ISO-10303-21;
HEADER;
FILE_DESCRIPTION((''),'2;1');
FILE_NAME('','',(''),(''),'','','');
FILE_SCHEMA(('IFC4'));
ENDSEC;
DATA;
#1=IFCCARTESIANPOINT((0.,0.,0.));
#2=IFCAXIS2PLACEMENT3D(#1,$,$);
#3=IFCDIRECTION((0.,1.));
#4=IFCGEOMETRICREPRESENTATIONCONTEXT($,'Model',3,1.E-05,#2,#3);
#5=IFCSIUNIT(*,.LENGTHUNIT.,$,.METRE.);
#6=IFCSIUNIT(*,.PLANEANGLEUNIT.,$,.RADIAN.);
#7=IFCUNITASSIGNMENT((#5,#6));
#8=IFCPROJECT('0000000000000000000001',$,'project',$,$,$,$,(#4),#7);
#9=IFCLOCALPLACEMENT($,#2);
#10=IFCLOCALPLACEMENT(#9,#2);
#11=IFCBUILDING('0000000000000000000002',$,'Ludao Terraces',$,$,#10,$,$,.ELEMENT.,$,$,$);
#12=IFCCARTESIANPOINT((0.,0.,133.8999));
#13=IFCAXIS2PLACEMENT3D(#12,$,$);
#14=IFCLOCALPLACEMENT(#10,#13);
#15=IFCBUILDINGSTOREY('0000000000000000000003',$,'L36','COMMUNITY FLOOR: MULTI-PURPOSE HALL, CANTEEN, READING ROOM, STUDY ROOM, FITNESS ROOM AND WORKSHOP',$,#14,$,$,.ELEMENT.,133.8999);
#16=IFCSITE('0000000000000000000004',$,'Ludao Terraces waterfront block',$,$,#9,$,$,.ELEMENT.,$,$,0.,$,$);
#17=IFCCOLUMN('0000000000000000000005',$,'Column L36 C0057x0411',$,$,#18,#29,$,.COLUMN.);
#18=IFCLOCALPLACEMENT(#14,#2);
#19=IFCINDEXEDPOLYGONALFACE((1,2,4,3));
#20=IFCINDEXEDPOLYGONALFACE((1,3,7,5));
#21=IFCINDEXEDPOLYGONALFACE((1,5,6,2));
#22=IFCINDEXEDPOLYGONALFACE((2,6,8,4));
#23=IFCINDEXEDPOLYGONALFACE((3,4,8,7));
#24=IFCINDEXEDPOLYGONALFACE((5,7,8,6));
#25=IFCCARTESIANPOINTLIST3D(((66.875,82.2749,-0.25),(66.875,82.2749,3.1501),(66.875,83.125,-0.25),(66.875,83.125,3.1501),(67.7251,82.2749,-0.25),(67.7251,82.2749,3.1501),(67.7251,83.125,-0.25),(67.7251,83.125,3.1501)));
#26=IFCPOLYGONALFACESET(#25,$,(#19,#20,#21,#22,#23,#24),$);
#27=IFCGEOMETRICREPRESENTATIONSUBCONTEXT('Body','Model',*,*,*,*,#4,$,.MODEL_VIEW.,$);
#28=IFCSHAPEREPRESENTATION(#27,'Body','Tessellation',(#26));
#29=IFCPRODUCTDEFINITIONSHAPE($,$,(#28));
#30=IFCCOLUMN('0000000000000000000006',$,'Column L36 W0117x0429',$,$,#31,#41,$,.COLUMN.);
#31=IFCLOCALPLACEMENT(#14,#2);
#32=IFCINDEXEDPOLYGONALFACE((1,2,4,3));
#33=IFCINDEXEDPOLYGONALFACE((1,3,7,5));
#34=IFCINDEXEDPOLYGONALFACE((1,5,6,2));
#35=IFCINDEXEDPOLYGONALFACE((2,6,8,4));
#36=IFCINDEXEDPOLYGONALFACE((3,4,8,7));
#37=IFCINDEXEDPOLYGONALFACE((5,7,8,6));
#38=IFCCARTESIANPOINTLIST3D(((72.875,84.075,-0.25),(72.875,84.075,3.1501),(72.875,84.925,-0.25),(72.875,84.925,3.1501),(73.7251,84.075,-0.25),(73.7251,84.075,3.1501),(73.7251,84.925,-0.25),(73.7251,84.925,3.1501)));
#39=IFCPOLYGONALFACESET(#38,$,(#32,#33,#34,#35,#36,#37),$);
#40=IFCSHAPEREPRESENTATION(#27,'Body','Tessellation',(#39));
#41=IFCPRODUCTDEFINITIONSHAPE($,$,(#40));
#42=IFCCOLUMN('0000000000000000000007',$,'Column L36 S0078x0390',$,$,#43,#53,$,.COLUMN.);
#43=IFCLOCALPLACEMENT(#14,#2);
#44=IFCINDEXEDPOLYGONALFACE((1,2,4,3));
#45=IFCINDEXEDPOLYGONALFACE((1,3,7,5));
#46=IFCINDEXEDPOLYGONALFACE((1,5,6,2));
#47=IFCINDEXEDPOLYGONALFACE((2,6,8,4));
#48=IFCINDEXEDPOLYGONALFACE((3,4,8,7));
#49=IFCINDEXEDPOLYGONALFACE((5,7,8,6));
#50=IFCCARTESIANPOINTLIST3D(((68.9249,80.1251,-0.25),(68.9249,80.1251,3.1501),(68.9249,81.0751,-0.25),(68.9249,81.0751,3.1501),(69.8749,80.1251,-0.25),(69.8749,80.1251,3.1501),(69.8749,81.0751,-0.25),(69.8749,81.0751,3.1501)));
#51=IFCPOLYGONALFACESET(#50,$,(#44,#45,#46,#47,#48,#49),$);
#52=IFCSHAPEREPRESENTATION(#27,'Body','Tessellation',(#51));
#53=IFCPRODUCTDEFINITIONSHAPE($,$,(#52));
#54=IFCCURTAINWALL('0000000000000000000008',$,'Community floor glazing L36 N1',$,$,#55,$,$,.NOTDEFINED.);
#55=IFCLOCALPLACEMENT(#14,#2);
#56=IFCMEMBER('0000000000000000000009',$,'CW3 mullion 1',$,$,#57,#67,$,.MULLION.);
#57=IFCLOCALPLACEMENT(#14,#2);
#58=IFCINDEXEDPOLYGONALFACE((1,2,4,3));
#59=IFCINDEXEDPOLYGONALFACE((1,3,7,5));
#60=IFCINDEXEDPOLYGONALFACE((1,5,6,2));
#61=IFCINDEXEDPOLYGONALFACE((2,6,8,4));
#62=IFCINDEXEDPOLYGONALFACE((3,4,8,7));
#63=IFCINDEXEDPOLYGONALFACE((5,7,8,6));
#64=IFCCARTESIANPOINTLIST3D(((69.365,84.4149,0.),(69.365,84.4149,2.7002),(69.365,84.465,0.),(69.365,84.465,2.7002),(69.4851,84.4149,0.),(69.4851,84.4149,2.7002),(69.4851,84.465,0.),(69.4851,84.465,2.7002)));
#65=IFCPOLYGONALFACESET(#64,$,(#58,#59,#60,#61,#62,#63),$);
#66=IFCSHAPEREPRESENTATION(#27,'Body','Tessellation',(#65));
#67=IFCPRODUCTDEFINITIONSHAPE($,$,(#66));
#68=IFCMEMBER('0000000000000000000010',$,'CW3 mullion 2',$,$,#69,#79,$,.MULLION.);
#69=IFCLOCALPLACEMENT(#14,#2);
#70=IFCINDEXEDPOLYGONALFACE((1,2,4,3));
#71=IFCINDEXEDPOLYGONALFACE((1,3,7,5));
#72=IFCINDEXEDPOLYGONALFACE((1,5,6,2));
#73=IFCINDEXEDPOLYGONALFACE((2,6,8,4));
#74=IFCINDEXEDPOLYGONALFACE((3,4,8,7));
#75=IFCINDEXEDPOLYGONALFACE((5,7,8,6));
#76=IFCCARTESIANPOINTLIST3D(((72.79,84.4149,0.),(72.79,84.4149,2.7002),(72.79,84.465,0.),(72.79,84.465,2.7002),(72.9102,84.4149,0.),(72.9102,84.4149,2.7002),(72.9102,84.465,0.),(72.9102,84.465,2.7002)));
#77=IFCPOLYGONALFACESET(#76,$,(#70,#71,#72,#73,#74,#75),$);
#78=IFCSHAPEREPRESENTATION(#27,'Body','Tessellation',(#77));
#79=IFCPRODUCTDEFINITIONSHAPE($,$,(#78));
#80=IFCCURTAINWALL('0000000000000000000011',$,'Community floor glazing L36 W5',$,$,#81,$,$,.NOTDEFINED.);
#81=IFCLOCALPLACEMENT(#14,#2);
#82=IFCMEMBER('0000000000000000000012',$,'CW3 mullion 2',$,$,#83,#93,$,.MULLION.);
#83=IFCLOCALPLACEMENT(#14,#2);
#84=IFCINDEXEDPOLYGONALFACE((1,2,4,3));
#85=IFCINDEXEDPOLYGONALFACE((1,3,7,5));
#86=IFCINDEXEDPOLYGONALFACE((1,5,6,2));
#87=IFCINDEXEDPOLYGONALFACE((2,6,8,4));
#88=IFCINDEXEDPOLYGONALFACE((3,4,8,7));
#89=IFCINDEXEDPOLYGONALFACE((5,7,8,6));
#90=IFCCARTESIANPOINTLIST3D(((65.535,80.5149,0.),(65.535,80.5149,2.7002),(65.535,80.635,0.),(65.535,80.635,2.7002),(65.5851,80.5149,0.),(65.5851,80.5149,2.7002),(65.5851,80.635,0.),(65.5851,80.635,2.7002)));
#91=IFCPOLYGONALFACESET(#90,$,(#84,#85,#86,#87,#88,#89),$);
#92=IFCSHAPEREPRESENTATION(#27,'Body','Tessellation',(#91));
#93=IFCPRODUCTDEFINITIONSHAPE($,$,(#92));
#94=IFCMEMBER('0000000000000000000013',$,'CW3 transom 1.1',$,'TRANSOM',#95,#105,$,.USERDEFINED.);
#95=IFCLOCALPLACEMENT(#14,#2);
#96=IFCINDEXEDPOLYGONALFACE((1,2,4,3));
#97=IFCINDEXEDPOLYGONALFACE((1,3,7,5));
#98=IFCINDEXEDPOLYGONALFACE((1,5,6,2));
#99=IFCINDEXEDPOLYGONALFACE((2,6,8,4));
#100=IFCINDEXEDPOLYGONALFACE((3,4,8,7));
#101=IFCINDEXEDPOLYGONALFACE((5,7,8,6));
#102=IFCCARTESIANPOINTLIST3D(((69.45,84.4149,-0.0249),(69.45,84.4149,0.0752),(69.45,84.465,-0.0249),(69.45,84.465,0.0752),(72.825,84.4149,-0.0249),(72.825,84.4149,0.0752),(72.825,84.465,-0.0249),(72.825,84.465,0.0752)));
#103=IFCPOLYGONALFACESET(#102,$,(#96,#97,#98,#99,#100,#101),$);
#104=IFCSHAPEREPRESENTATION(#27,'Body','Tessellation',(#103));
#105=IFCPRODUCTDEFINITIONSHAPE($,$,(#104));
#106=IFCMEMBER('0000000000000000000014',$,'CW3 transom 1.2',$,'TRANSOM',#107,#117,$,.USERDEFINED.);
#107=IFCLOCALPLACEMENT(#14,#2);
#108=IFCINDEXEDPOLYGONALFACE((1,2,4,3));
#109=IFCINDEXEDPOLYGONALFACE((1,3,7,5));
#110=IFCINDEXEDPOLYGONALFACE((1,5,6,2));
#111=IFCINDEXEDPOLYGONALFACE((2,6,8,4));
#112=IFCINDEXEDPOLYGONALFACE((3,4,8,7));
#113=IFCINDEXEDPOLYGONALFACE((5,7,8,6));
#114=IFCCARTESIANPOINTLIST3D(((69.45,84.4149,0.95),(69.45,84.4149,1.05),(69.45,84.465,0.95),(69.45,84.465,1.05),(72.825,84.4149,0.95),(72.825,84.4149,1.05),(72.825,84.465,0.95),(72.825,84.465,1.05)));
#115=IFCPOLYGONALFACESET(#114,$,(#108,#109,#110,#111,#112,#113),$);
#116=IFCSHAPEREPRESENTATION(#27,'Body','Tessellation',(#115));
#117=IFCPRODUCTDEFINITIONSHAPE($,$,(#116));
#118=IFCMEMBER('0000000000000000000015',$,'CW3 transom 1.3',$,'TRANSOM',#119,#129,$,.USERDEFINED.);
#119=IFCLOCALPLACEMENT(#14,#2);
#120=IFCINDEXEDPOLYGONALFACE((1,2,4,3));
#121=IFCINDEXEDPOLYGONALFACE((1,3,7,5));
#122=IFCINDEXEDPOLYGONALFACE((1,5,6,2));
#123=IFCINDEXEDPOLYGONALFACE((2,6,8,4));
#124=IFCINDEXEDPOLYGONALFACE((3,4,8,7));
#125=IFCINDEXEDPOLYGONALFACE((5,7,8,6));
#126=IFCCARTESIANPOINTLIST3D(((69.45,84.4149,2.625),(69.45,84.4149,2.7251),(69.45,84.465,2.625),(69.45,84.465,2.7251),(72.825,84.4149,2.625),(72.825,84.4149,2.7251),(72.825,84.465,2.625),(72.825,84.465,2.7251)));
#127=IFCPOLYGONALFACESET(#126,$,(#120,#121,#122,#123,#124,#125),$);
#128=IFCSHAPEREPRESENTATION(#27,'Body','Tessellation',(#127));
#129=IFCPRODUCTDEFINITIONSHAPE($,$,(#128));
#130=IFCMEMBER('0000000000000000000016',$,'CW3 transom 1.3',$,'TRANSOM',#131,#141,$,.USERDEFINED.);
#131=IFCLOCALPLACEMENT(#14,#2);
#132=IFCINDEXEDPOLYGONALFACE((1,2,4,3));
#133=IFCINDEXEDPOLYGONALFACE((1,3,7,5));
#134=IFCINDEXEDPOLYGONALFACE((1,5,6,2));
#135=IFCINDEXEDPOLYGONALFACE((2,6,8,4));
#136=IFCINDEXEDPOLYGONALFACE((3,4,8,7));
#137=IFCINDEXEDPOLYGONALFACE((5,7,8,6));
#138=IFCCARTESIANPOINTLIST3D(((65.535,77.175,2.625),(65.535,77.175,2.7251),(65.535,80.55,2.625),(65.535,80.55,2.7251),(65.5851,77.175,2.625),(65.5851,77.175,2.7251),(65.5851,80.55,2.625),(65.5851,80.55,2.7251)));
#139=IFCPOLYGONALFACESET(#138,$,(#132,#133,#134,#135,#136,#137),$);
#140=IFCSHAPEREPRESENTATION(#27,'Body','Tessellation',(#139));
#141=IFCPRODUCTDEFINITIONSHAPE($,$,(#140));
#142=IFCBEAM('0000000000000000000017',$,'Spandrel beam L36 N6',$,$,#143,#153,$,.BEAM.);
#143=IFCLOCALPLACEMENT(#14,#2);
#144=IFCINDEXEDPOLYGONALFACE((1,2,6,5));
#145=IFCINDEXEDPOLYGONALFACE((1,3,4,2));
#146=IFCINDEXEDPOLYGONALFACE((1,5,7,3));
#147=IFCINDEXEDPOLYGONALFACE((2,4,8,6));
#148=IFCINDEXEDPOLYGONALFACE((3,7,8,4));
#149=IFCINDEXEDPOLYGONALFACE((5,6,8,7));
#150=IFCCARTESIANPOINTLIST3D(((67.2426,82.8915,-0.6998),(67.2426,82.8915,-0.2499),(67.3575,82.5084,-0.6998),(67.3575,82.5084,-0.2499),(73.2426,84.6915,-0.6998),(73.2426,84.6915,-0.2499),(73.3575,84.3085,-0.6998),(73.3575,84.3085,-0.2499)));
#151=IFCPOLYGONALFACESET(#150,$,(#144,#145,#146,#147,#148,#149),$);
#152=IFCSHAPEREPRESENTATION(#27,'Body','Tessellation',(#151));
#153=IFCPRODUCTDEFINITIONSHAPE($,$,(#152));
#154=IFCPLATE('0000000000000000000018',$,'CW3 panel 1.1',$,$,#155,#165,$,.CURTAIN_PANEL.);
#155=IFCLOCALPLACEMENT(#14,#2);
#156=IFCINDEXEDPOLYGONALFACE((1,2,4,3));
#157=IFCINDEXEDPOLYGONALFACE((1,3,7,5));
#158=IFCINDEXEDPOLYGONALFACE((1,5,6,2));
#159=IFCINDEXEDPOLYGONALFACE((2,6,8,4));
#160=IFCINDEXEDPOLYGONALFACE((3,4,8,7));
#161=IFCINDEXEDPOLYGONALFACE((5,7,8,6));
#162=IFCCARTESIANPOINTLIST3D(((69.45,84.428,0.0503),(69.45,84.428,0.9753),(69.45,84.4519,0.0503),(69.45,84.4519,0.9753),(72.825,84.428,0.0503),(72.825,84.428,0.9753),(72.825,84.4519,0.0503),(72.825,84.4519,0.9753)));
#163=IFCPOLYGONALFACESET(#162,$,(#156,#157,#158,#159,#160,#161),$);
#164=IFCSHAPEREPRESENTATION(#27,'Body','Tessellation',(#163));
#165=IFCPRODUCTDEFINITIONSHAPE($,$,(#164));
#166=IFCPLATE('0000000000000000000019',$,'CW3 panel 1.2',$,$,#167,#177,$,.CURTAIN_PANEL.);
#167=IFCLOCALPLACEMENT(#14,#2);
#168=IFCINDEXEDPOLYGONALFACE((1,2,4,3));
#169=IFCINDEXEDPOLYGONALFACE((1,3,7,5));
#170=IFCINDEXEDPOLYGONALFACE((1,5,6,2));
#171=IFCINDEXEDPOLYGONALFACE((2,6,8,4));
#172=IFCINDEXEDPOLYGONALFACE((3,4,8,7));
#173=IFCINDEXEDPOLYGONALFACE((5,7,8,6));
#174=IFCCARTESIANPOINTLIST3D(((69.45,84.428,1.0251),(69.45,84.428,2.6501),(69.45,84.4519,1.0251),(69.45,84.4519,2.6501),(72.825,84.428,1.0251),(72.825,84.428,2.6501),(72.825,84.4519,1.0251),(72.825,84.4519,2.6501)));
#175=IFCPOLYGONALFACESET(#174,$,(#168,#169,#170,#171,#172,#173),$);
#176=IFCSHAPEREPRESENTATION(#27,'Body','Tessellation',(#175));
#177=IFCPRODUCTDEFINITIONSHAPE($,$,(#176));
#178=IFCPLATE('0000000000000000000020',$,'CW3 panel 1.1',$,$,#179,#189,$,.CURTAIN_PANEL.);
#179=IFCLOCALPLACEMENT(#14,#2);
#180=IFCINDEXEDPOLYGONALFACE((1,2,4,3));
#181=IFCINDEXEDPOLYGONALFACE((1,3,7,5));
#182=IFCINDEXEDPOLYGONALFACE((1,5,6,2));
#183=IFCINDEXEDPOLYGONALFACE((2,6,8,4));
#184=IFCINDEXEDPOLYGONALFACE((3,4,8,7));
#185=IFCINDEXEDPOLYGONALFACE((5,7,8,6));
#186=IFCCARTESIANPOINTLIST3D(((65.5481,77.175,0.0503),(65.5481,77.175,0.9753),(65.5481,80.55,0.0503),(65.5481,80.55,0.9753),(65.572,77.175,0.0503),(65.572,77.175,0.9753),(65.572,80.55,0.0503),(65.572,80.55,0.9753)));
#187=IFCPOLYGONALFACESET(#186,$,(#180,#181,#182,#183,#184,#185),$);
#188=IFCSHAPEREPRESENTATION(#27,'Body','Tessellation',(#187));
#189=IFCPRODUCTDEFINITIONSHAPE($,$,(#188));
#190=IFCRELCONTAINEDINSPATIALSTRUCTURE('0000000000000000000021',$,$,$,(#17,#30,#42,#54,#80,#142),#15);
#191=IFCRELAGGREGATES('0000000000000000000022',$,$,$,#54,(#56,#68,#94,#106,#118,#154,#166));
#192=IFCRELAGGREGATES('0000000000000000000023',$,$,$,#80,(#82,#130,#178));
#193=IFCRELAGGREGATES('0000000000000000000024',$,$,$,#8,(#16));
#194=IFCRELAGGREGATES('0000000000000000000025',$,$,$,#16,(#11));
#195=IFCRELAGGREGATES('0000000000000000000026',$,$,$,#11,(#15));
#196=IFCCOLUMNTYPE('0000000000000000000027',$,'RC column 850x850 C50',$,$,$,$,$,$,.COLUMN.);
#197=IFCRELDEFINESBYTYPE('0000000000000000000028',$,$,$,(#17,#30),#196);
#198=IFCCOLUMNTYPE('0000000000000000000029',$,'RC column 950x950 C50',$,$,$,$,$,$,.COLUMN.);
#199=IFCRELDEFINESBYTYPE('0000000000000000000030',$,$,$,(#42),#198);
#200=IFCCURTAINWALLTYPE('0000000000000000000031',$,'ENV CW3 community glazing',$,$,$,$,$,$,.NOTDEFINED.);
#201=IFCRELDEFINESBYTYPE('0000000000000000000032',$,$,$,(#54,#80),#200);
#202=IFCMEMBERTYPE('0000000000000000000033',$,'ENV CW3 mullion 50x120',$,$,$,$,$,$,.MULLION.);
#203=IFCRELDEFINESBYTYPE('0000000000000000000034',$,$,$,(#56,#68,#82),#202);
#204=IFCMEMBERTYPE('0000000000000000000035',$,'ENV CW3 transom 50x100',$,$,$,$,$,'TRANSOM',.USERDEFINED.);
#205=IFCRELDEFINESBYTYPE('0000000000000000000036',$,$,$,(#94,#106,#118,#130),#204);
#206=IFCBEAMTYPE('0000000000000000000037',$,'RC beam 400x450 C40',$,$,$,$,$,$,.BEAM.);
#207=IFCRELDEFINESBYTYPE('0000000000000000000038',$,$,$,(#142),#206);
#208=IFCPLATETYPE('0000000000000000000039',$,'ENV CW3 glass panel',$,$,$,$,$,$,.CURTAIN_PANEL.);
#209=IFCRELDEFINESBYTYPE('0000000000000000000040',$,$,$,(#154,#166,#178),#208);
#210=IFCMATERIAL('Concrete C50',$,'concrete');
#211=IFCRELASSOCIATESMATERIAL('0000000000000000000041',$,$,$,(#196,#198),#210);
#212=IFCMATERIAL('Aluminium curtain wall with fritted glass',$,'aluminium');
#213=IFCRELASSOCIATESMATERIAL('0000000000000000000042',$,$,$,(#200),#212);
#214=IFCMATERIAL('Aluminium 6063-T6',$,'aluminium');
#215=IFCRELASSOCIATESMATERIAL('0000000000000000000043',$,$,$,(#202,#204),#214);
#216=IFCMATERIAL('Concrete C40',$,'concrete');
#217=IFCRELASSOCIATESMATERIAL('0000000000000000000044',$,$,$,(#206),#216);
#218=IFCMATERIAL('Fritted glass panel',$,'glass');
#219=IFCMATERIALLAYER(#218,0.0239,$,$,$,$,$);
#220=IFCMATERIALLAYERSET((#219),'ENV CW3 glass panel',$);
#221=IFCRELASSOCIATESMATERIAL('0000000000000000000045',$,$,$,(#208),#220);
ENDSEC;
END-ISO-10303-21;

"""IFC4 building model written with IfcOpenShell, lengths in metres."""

from ifc_helpers import new_model, si_unit, direction, frame, origin, origin_2d, place, context, subcontext, project, spatial, rectangle, extrude, material, layer, layer_set, material_profile, profile_set, type_object, element, aggregate, save


model = new_model("IFC4")

# Units and contexts
model_context = context("Model", 3, precision=1e-05, world=origin(), true_north=direction((0.0, 1.0)))
body_context = subcontext(model_context, "Body", "Model", "MODEL_VIEW")
ifc_project = project(units=[si_unit("LENGTHUNIT", "METRE"), si_unit("PLANEANGLEUNIT", "RADIAN")], contexts=[model_context])

# Site, building, storey
site_placement = place(None, origin())
site = spatial("IfcSite", under=ifc_project, at=site_placement, Name="Ludao Terraces waterfront block", CompositionType="ELEMENT", RefElevation=0.0)
building_placement = place(site_placement, origin())
building = spatial("IfcBuilding", under=site, at=building_placement, Name="Ludao Terraces", CompositionType="ELEMENT")
storey_placement = place(building_placement, frame((0.0, 0.0, 133.8999)))
storey = spatial("IfcBuildingStorey", under=building, at=storey_placement, Name="L36", Description="COMMUNITY FLOOR: MULTI-PURPOSE HALL, CANTEEN, READING ROOM, STUDY ROOM, FITNESS ROOM AND WORKSHOP", CompositionType="ELEMENT", Elevation=133.8999)

# Columns
ifc_material_1 = material(Name="Concrete C50", Category="concrete")
ifc_material_profile_1 = material_profile(ifc_material_1, rectangle(XDim=0.8501, YDim=0.8501, at=origin_2d()), Name="850 X 850")
ifc_profile_set_1 = profile_set([ifc_material_profile_1], Name="Concrete C50")
column_type_1 = type_object("IfcColumnType", Name="RC column 850x850 C50", PredefinedType="COLUMN", material=ifc_profile_set_1)
for number, where, z_axis, x_axis, name in (
    (1, (67.3, 82.7, -0.25), (0.0, 0.0, 1.0), (1.0, 0.0, 0.0), "Column L36 C0057x0411"),
    (2, (73.3, 84.5, -0.25), (0.0, 0.0, 1.0), (1.0, 0.0, 0.0), "Column L36 W0117x0429"),
):
    element("IfcColumn", number, at=place(storey_placement, frame(where, z_axis=z_axis, x_axis=x_axis)), inside=storey, type_object=column_type_1, Name=name, PredefinedType="COLUMN", context=body_context, shape_type="SweptSolid", body=[
        extrude(rectangle(XDim=0.8501, YDim=0.8501, at=origin_2d()), origin(), (0.0, 0.0, 1.0), 3.4001),
    ])
ifc_material_profile_2 = material_profile(ifc_material_1, rectangle(XDim=0.95, YDim=0.95, at=origin_2d()), Name="950 X 950")
ifc_profile_set_2 = profile_set([ifc_material_profile_2], Name="Concrete C50")
column_type_2 = type_object("IfcColumnType", Name="RC column 950x950 C50", PredefinedType="COLUMN", material=ifc_profile_set_2)
column_placement = place(storey_placement, frame((69.3999, 80.6001, -0.25), z_axis=(0.0, 0.0, 1.0), x_axis=(1.0, 0.0, 0.0)))
element("IfcColumn", 3, at=column_placement, inside=storey, type_object=column_type_2, Name="Column L36 S0078x0390", PredefinedType="COLUMN", context=body_context, shape_type="SweptSolid", body=[
    extrude(rectangle(XDim=0.95, YDim=0.95, at=origin_2d()), origin(), (0.0, 0.0, 1.0), 3.4001),
])

# Curtain wall, members
ifc_material_2 = material(Name="Aluminium curtain wall with fritted glass", Category="aluminium")
curtain_wall_type = type_object("IfcCurtainWallType", Name="ENV CW3 community glazing", PredefinedType="NOTDEFINED", material=ifc_material_2)
curtain_wall_1_placement = place(storey_placement, origin())
curtain_wall_1 = element("IfcCurtainWall", 4, at=curtain_wall_1_placement, inside=storey, type_object=curtain_wall_type, Name="Community floor glazing L36 N1", PredefinedType="NOTDEFINED")
ifc_material_3 = material(Name="Aluminium 6063-T6", Category="aluminium")
ifc_material_profile_3 = material_profile(ifc_material_3, rectangle(XDim=0.05, YDim=0.1201, at=origin_2d()), Name="50 X 120")
ifc_profile_set_3 = profile_set([ifc_material_profile_3], Name="Aluminium 6063-T6")
member_type_1 = type_object("IfcMemberType", Name="ENV CW3 mullion 50x120", PredefinedType="MULLION", material=ifc_profile_set_3)
member_1_placement = place(storey_placement, frame((69.425, 84.4399, 0.0), z_axis=(0.0, 0.0, 1.0), x_axis=(0.0, 1.0, 0.0)))
member_1 = element("IfcMember", 5, at=member_1_placement, type_object=member_type_1, Name="CW3 mullion 1", PredefinedType="MULLION", context=body_context, shape_type="SweptSolid", body=[
    extrude(rectangle(XDim=0.05, YDim=0.1201, at=origin_2d()), origin(), (0.0, 0.0, 1.0), 2.7002),
])
member_2_placement = place(storey_placement, frame((72.8501, 84.4399, 0.0), z_axis=(0.0, 0.0, 1.0), x_axis=(0.0, 1.0, 0.0)))
member_2 = element("IfcMember", 6, at=member_2_placement, type_object=member_type_1, Name="CW3 mullion 2", PredefinedType="MULLION", context=body_context, shape_type="SweptSolid", body=[
    extrude(rectangle(XDim=0.05, YDim=0.1201, at=origin_2d()), origin(), (0.0, 0.0, 1.0), 2.7002),
])

# Curtain wall, member
curtain_wall_2_placement = place(storey_placement, origin())
curtain_wall_2 = element("IfcCurtainWall", 7, at=curtain_wall_2_placement, inside=storey, type_object=curtain_wall_type, Name="Community floor glazing L36 W5", PredefinedType="NOTDEFINED")
member_3_placement = place(storey_placement, frame((65.5601, 80.575, 0.0), z_axis=(0.0, 0.0, 1.0), x_axis=(-1.0, 0.0, 0.0)))
member_3 = element("IfcMember", 8, at=member_3_placement, type_object=member_type_1, Name="CW3 mullion 2", PredefinedType="MULLION", context=body_context, shape_type="SweptSolid", body=[
    extrude(rectangle(XDim=0.05, YDim=0.1201, at=origin_2d()), origin(), (0.0, 0.0, 1.0), 2.7002),
])

# Members
ifc_material_profile_4 = material_profile(ifc_material_3, rectangle(XDim=0.05, YDim=0.1001, at=origin_2d()), Name="50 X 100")
ifc_profile_set_4 = profile_set([ifc_material_profile_4], Name="Aluminium 6063-T6")
member_type_2 = type_object("IfcMemberType", Name="ENV CW3 transom 50x100", ElementType="TRANSOM", PredefinedType="USERDEFINED", material=ifc_profile_set_4)
member_4_placement = place(storey_placement, frame((69.45, 84.4399, 0.0251), z_axis=(1.0, 0.0, 0.0), x_axis=(0.0, 1.0, 0.0)))
member_4 = element("IfcMember", 9, at=member_4_placement, type_object=member_type_2, Name="CW3 transom 1.1", ObjectType="TRANSOM", PredefinedType="USERDEFINED", context=body_context, shape_type="SweptSolid", body=[
    extrude(rectangle(XDim=0.05, YDim=0.1001, at=origin_2d()), origin(), (0.0, 0.0, 1.0), 3.375),
])
member_5_placement = place(storey_placement, frame((69.45, 84.4399, 1.0), z_axis=(1.0, 0.0, 0.0), x_axis=(0.0, 1.0, 0.0)))
member_5 = element("IfcMember", 10, at=member_5_placement, type_object=member_type_2, Name="CW3 transom 1.2", ObjectType="TRANSOM", PredefinedType="USERDEFINED", context=body_context, shape_type="SweptSolid", body=[
    extrude(rectangle(XDim=0.05, YDim=0.1001, at=origin_2d()), origin(), (0.0, 0.0, 1.0), 3.375),
])
member_6_placement = place(storey_placement, frame((69.45, 84.4399, 2.675), z_axis=(1.0, 0.0, 0.0), x_axis=(0.0, 1.0, 0.0)))
member_6 = element("IfcMember", 11, at=member_6_placement, type_object=member_type_2, Name="CW3 transom 1.3", ObjectType="TRANSOM", PredefinedType="USERDEFINED", context=body_context, shape_type="SweptSolid", body=[
    extrude(rectangle(XDim=0.05, YDim=0.1001, at=origin_2d()), origin(), (0.0, 0.0, 1.0), 3.375),
])
member_7_placement = place(storey_placement, frame((65.5601, 77.175, 2.675), z_axis=(0.0, 1.0, 0.0), x_axis=(-1.0, 0.0, 0.0)))
member_7 = element("IfcMember", 12, at=member_7_placement, type_object=member_type_2, Name="CW3 transom 1.3", ObjectType="TRANSOM", PredefinedType="USERDEFINED", context=body_context, shape_type="SweptSolid", body=[
    extrude(rectangle(XDim=0.05, YDim=0.1001, at=origin_2d()), origin(), (0.0, 0.0, 1.0), 3.375),
])

# Beam
ifc_material_4 = material(Name="Concrete C40", Category="concrete")
ifc_material_profile_5 = material_profile(ifc_material_4, rectangle(XDim=0.3999, YDim=0.45, at=origin_2d()), Name="400 X 450")
ifc_profile_set_5 = profile_set([ifc_material_profile_5], Name="Concrete C40")
beam_type = type_object("IfcBeamType", Name="RC beam 400x450 C40", PredefinedType="BEAM", material=ifc_profile_set_5)
beam_placement = place(storey_placement, frame((67.3, 82.7, -0.4749), z_axis=(0.957824, 0.287355, 0.0), x_axis=(-0.287355, 0.957824, 0.0)))
element("IfcBeam", 13, at=beam_placement, inside=storey, type_object=beam_type, Name="Spandrel beam L36 N6", PredefinedType="BEAM", context=body_context, shape_type="SweptSolid", body=[
    extrude(rectangle(XDim=0.3999, YDim=0.45, at=origin_2d()), origin(), (0.0, 0.0, 1.0), 6.2642),
])

# Plates
ifc_material_5 = material(Name="Fritted glass panel", Category="glass")
ifc_layer_1 = layer(ifc_material_5, 0.0239)
ifc_layer_set_1 = layer_set([ifc_layer_1], Name="ENV CW3 glass panel")
plate_type = type_object("IfcPlateType", Name="ENV CW3 glass panel", PredefinedType="CURTAIN_PANEL", material=ifc_layer_set_1)
plate_1_placement = place(storey_placement, frame((71.1375, 84.4399, 0.0503), z_axis=(0.0, 0.0, 1.0), x_axis=(1.0, 0.0, 0.0)))
plate_1 = element("IfcPlate", 14, at=plate_1_placement, type_object=plate_type, Name="CW3 panel 1.1", PredefinedType="CURTAIN_PANEL", context=body_context, shape_type="SweptSolid", body=[
    extrude(rectangle(XDim=3.375, YDim=0.0239, at=origin_2d()), origin(), (0.0, 0.0, 1.0), 0.925),
])
plate_2_placement = place(storey_placement, frame((71.1375, 84.4399, 1.0251), z_axis=(0.0, 0.0, 1.0), x_axis=(1.0, 0.0, 0.0)))
plate_2 = element("IfcPlate", 15, at=plate_2_placement, type_object=plate_type, Name="CW3 panel 1.2", PredefinedType="CURTAIN_PANEL", context=body_context, shape_type="SweptSolid", body=[
    extrude(rectangle(XDim=3.375, YDim=0.0239, at=origin_2d()), origin(), (0.0, 0.0, 1.0), 1.625),
])
aggregate(curtain_wall_1, [member_1, member_2, member_4, member_5, member_6, plate_1, plate_2])
plate_3_placement = place(storey_placement, frame((65.5601, 78.8625, 0.0503), z_axis=(0.0, 0.0, 1.0), x_axis=(0.0, 1.0, 0.0)))
plate_3 = element("IfcPlate", 16, at=plate_3_placement, type_object=plate_type, Name="CW3 panel 1.1", PredefinedType="CURTAIN_PANEL", context=body_context, shape_type="SweptSolid", body=[
    extrude(rectangle(XDim=3.375, YDim=0.0239, at=origin_2d()), origin(), (0.0, 0.0, 1.0), 0.925),
])
aggregate(curtain_wall_2, [member_3, member_7, plate_3])

save(model, "model.ifc")
